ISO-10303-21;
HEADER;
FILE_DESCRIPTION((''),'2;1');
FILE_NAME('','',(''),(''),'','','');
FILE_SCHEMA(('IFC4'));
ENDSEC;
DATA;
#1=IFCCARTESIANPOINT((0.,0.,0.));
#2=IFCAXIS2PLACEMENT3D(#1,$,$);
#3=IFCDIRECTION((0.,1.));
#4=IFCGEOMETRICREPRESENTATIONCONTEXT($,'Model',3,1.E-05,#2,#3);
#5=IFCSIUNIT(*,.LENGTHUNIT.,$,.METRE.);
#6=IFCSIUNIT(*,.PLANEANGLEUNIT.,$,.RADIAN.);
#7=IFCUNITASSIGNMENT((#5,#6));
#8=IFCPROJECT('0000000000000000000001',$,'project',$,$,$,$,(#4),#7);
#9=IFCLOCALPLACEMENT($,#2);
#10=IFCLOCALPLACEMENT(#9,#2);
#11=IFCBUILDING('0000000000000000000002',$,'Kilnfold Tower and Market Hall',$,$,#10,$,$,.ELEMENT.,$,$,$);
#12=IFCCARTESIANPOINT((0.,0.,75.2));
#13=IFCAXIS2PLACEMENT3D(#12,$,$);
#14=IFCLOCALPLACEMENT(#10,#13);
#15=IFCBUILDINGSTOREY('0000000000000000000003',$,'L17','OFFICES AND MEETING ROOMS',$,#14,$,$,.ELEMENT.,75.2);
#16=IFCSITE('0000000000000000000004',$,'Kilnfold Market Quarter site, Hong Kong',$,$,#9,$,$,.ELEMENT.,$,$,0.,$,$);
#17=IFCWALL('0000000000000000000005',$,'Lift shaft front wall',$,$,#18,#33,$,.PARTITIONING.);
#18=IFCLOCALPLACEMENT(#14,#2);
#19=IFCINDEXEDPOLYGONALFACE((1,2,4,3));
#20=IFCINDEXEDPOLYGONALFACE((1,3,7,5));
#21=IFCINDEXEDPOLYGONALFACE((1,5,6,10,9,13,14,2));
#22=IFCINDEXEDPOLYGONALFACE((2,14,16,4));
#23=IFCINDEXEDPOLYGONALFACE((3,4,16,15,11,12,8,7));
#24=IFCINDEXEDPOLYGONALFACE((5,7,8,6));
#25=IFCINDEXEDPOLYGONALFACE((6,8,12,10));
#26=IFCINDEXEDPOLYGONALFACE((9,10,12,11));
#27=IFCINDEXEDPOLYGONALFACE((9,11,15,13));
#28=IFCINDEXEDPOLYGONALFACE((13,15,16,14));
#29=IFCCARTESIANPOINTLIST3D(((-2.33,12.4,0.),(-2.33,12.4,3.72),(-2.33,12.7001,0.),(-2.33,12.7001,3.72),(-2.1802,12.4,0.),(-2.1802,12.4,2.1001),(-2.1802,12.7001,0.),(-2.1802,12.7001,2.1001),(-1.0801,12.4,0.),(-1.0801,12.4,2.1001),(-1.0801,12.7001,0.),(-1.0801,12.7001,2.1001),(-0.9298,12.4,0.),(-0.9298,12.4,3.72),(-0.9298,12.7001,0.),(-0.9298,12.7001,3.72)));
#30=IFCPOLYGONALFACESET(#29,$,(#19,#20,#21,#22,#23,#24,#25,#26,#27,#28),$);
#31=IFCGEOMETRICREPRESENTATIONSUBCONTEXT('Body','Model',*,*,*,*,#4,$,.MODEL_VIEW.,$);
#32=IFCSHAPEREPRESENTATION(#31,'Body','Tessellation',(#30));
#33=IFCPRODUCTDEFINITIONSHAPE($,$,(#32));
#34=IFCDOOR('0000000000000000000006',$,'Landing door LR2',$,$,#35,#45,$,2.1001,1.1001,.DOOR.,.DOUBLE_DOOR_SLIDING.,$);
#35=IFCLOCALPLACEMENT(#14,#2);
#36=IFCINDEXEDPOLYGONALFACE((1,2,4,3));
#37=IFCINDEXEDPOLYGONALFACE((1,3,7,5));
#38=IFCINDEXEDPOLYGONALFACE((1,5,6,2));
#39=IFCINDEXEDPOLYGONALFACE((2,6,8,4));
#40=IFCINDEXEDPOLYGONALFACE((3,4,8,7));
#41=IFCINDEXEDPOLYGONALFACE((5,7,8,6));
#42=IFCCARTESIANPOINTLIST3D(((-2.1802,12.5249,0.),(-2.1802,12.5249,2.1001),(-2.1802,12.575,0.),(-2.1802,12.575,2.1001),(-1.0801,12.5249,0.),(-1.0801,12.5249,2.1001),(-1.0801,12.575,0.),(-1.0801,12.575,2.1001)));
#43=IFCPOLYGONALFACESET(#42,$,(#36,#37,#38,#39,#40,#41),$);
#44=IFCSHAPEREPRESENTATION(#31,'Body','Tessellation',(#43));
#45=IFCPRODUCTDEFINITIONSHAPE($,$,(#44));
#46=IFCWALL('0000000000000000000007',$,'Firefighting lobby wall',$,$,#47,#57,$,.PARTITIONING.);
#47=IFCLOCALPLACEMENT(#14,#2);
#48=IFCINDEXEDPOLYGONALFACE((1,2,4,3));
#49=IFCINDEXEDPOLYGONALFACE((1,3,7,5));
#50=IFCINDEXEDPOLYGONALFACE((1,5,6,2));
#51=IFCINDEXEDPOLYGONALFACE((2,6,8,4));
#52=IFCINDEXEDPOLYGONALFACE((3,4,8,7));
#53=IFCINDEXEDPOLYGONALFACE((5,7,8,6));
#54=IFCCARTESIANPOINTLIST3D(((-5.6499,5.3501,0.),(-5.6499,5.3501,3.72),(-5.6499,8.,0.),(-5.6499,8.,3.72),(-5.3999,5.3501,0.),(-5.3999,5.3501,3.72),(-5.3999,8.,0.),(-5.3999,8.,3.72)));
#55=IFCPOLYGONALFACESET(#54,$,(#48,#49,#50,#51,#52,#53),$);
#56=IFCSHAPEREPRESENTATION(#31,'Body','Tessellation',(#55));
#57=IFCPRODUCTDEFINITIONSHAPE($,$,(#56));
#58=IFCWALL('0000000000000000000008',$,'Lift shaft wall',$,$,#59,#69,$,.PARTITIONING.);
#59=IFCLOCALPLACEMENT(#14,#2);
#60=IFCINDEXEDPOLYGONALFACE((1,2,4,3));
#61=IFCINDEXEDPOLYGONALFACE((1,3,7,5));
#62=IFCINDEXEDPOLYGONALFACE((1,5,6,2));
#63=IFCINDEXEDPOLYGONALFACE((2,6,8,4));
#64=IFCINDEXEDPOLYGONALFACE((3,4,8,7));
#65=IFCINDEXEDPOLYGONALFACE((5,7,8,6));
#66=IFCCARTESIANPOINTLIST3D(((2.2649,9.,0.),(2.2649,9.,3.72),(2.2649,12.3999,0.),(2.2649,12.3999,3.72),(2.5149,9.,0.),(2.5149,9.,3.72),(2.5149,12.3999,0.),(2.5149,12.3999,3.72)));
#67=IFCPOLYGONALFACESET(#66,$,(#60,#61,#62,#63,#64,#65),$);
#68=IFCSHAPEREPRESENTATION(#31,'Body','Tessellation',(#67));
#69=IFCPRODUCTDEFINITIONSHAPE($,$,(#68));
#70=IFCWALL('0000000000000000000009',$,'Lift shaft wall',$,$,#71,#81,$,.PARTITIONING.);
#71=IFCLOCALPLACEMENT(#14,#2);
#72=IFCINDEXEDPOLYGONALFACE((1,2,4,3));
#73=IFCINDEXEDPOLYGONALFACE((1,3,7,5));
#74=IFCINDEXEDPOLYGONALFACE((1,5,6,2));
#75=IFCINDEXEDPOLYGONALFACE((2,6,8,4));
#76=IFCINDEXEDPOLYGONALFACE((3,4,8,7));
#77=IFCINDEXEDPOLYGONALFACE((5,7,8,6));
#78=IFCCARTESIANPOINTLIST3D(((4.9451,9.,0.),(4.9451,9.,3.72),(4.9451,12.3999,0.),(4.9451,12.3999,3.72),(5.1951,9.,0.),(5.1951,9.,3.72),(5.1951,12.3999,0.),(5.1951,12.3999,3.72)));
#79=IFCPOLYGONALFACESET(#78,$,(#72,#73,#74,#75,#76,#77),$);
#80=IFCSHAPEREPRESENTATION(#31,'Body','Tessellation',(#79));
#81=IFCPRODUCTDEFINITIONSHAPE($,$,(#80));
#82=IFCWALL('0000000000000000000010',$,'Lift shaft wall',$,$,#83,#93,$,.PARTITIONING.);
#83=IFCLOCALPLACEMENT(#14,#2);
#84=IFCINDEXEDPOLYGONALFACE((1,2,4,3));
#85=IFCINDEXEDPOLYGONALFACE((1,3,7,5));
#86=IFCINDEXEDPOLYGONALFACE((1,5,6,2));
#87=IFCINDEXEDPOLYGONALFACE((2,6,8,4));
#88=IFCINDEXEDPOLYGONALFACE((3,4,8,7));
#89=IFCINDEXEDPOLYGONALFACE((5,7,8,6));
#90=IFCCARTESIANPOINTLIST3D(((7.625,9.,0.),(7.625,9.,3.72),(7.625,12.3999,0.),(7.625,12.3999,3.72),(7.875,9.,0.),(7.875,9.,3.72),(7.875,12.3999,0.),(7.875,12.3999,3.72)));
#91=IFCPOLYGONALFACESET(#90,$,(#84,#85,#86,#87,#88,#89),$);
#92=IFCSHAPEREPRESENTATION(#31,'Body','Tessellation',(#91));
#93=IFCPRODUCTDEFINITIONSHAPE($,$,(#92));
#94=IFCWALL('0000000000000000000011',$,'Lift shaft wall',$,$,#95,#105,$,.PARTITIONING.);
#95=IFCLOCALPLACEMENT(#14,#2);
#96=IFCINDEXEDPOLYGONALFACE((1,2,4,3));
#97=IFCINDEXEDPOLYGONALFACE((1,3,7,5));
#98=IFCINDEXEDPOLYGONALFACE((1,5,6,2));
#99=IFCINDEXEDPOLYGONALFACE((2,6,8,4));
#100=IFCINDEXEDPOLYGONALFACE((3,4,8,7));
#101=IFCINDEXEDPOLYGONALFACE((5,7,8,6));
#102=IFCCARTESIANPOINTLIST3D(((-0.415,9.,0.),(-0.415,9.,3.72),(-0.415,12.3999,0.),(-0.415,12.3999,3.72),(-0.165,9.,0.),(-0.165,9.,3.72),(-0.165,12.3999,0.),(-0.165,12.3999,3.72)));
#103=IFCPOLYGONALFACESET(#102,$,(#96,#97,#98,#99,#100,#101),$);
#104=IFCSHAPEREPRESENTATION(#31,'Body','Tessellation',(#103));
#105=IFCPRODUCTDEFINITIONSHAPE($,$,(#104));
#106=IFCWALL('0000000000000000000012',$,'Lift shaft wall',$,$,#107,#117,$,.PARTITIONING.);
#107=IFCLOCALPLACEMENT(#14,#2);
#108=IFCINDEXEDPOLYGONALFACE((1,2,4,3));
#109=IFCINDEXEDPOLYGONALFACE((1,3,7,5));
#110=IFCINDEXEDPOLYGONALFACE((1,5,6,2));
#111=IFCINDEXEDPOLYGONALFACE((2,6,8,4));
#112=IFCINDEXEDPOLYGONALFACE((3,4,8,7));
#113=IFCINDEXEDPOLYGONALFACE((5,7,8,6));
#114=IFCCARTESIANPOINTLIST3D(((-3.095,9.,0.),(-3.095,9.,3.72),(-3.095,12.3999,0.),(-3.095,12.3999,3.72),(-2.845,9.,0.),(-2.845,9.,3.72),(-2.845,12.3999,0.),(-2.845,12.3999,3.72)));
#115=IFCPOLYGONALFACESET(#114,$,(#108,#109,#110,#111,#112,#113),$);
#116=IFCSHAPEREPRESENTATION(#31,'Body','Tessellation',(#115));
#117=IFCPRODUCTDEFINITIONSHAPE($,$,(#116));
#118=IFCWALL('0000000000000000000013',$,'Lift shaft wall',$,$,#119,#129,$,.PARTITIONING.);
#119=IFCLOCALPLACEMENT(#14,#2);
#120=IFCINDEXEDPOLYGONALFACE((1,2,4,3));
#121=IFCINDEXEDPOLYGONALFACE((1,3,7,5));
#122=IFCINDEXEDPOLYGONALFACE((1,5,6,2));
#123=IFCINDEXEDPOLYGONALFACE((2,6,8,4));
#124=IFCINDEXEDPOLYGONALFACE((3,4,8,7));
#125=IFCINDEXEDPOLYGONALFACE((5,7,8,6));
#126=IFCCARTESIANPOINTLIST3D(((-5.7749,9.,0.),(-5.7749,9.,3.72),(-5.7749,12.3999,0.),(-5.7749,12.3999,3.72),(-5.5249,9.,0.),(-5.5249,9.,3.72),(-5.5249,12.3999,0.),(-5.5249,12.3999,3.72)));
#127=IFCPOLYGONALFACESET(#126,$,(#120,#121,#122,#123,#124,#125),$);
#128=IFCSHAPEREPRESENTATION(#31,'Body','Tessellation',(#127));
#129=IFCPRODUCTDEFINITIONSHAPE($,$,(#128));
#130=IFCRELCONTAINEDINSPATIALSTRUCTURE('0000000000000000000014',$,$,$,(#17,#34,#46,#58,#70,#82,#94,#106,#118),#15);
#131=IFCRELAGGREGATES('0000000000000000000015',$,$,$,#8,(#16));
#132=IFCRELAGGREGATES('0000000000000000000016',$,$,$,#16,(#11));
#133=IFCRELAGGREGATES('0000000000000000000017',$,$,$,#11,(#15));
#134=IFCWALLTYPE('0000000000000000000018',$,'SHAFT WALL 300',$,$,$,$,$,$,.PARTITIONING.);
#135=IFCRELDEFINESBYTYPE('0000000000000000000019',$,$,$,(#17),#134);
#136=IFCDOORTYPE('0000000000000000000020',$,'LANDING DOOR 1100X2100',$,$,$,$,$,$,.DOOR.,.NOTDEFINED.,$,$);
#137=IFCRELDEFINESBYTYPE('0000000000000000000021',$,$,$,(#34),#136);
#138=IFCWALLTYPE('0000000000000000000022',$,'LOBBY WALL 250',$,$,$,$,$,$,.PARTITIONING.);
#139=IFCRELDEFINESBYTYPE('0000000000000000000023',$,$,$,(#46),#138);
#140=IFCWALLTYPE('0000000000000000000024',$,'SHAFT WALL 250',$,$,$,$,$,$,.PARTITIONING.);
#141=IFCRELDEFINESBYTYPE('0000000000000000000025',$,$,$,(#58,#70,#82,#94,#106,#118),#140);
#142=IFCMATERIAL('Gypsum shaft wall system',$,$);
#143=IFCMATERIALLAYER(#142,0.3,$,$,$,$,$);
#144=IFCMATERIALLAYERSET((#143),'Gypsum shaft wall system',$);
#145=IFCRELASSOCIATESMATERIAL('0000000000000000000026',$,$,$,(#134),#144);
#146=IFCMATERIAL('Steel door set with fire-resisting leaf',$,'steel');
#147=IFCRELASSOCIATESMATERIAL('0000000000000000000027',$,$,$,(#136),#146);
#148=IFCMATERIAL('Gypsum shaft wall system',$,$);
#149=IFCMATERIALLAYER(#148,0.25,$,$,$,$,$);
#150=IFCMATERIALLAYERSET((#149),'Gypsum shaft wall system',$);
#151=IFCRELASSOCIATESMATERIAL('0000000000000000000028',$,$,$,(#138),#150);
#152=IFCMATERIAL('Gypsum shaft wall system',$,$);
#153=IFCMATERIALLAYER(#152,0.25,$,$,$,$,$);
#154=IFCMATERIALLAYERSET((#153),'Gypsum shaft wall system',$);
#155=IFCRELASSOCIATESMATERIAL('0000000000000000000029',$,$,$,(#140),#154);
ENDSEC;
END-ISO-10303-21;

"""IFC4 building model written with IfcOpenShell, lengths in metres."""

from ifc_helpers import new_model, si_unit, direction, frame, frame_2d, origin, place, context, subcontext, project, spatial, rectangle, extrude, source, transform, mapped, material, layer, layer_set, type_object, element, fill, save


model = new_model("IFC4")

# Units and contexts
model_context = context("Model", 3, precision=1e-05, world=origin(), true_north=direction((0.0, 1.0)))
body_context = subcontext(model_context, "Body", "Model", "MODEL_VIEW")
ifc_project = project(units=[si_unit("LENGTHUNIT", "METRE"), si_unit("PLANEANGLEUNIT", "RADIAN")], contexts=[model_context])

# Site, building, storey
site_placement = place(None, origin())
site = spatial("IfcSite", under=ifc_project, at=site_placement, Name="Kilnfold Market Quarter site, Hong Kong", CompositionType="ELEMENT", RefElevation=0.0)
building_placement = place(site_placement, origin())
building = spatial("IfcBuilding", under=site, at=building_placement, Name="Kilnfold Tower and Market Hall", CompositionType="ELEMENT")
storey_placement = place(building_placement, frame((0.0, 0.0, 75.2)))
storey = spatial("IfcBuildingStorey", under=building, at=storey_placement, Name="L17", Description="OFFICES AND MEETING ROOMS", CompositionType="ELEMENT", Elevation=75.2)

# Wall, opening, door
ifc_material_1 = material(Name="Gypsum shaft wall system")
ifc_layer_1 = layer(ifc_material_1, 0.3)
ifc_layer_set_1 = layer_set([ifc_layer_1], Name="Gypsum shaft wall system")
wall_type_1 = type_object("IfcWallType", Name="SHAFT WALL 300", PredefinedType="PARTITIONING", material=ifc_layer_set_1)
ifc_material_2 = material(Name="Steel door set with fire-resisting leaf", Category="steel")
door_type_1 = type_object("IfcDoorType", Name="LANDING DOOR 1100X2100", OperationType="NOTDEFINED", PredefinedType="DOOR", material=ifc_material_2)
shared_shape_1 = source(origin(), body_context, "Body", "SweptSolid", [
    extrude(rectangle(XDim=1.4001, YDim=0.3, at=frame_2d((0.7002, 0.0))), origin(), (0.0, 0.0, 1.0), 3.72),
])
wall_1_placement = place(storey_placement, frame((-2.3301, 12.55, 0.0), z_axis=(0.0, 0.0, 1.0), x_axis=(1.0, 0.0, 0.0)))
wall_1 = element("IfcWall", 1, at=wall_1_placement, inside=storey, type_object=wall_type_1, Name="Lift shaft front wall", PredefinedType="PARTITIONING", context=body_context, shape_type="MappedRepresentation", body=[
    mapped(shared_shape_1, transform((0.0, 0.0, 0.0))),
])
opening_1_placement = place(wall_1_placement, frame((0.1499, 0.0, 0.0)))
opening_1 = element("IfcOpeningElement", 2, at=opening_1_placement, cuts=wall_1, PredefinedType="OPENING", context=body_context, shape_type="SweptSolid", body=[
    extrude(rectangle(XDim=1.1001, YDim=2.1001, at=frame_2d((0.55, 1.05))), frame((0.0, 0.1602, 0.0), z_axis=(0.0, -1.0, 0.0), x_axis=(1.0, 0.0, 0.0)), (0.0, 0.0, 1.0), 0.3201),
])
door_1_placement = place(opening_1_placement, origin())
door_1 = element("IfcDoor", 3, at=door_1_placement, inside=storey, type_object=door_type_1, Name="Landing door LR2", OperationType="DOUBLE_DOOR_SLIDING", OverallHeight=2.1001, OverallWidth=1.1001, PredefinedType="DOOR", context=body_context, shape_type="SweptSolid", body=[
    extrude(rectangle(XDim=1.1001, YDim=2.1001, at=frame_2d((0.55, 1.05))), frame((0.0, 0.0249, 0.0), z_axis=(0.0, -1.0, 0.0), x_axis=(1.0, 0.0, 0.0)), (0.0, 0.0, 1.0), 0.05),
])
fill(opening_1, door_1)

# Walls
ifc_material_3 = material(Name="Gypsum shaft wall system")
ifc_layer_2 = layer(ifc_material_3, 0.25)
ifc_layer_set_2 = layer_set([ifc_layer_2], Name="Gypsum shaft wall system")
wall_type_2 = type_object("IfcWallType", Name="LOBBY WALL 250", PredefinedType="PARTITIONING", material=ifc_layer_set_2)
shared_shape_2 = source(origin(), body_context, "Body", "SweptSolid", [
    extrude(rectangle(XDim=2.6499, YDim=0.25, at=frame_2d((1.325, 0.0))), origin(), (0.0, 0.0, 1.0), 3.72),
])
wall_2_placement = place(storey_placement, frame((-5.5249, 5.3501, 0.0), z_axis=(0.0, 0.0, 1.0), x_axis=(0.0, 1.0, 0.0)))
element("IfcWall", 4, at=wall_2_placement, inside=storey, type_object=wall_type_2, Name="Firefighting lobby wall", PredefinedType="PARTITIONING", context=body_context, shape_type="MappedRepresentation", body=[
    mapped(shared_shape_2, transform((0.0, 0.0, 0.0))),
])
ifc_material_4 = material(Name="Gypsum shaft wall system")
ifc_layer_3 = layer(ifc_material_4, 0.25)
ifc_layer_set_3 = layer_set([ifc_layer_3], Name="Gypsum shaft wall system")
wall_type_3 = type_object("IfcWallType", Name="SHAFT WALL 250", PredefinedType="PARTITIONING", material=ifc_layer_set_3)
shared_shape_3 = source(origin(), body_context, "Body", "SweptSolid", [
    extrude(rectangle(XDim=3.3999, YDim=0.25, at=frame_2d((1.7, 0.0))), origin(), (0.0, 0.0, 1.0), 3.72),
])
for number, where, z_axis, x_axis, name in (
    (5, (2.3899, 9.0, 0.0), (0.0, 0.0, 1.0), (0.0, 1.0, 0.0), "Lift shaft wall"),
    (6, (5.0701, 9.0, 0.0), (0.0, 0.0, 1.0), (0.0, 1.0, 0.0), "Lift shaft wall"),
    (7, (7.75, 9.0, 0.0), (0.0, 0.0, 1.0), (0.0, 1.0, 0.0), "Lift shaft wall"),
    (8, (-0.29, 9.0, 0.0), (0.0, 0.0, 1.0), (0.0, 1.0, 0.0), "Lift shaft wall"),
    (9, (-2.97, 9.0, 0.0), (0.0, 0.0, 1.0), (0.0, 1.0, 0.0), "Lift shaft wall"),
    (10, (-5.6499, 9.0, 0.0), (0.0, 0.0, 1.0), (0.0, 1.0, 0.0), "Lift shaft wall"),
):
    element("IfcWall", number, at=place(storey_placement, frame(where, z_axis=z_axis, x_axis=x_axis)), inside=storey, type_object=wall_type_3, Name=name, PredefinedType="PARTITIONING", context=body_context, shape_type="MappedRepresentation", body=[
        mapped(shared_shape_3, transform((0.0, 0.0, 0.0))),
    ])

save(model, "model.ifc")
